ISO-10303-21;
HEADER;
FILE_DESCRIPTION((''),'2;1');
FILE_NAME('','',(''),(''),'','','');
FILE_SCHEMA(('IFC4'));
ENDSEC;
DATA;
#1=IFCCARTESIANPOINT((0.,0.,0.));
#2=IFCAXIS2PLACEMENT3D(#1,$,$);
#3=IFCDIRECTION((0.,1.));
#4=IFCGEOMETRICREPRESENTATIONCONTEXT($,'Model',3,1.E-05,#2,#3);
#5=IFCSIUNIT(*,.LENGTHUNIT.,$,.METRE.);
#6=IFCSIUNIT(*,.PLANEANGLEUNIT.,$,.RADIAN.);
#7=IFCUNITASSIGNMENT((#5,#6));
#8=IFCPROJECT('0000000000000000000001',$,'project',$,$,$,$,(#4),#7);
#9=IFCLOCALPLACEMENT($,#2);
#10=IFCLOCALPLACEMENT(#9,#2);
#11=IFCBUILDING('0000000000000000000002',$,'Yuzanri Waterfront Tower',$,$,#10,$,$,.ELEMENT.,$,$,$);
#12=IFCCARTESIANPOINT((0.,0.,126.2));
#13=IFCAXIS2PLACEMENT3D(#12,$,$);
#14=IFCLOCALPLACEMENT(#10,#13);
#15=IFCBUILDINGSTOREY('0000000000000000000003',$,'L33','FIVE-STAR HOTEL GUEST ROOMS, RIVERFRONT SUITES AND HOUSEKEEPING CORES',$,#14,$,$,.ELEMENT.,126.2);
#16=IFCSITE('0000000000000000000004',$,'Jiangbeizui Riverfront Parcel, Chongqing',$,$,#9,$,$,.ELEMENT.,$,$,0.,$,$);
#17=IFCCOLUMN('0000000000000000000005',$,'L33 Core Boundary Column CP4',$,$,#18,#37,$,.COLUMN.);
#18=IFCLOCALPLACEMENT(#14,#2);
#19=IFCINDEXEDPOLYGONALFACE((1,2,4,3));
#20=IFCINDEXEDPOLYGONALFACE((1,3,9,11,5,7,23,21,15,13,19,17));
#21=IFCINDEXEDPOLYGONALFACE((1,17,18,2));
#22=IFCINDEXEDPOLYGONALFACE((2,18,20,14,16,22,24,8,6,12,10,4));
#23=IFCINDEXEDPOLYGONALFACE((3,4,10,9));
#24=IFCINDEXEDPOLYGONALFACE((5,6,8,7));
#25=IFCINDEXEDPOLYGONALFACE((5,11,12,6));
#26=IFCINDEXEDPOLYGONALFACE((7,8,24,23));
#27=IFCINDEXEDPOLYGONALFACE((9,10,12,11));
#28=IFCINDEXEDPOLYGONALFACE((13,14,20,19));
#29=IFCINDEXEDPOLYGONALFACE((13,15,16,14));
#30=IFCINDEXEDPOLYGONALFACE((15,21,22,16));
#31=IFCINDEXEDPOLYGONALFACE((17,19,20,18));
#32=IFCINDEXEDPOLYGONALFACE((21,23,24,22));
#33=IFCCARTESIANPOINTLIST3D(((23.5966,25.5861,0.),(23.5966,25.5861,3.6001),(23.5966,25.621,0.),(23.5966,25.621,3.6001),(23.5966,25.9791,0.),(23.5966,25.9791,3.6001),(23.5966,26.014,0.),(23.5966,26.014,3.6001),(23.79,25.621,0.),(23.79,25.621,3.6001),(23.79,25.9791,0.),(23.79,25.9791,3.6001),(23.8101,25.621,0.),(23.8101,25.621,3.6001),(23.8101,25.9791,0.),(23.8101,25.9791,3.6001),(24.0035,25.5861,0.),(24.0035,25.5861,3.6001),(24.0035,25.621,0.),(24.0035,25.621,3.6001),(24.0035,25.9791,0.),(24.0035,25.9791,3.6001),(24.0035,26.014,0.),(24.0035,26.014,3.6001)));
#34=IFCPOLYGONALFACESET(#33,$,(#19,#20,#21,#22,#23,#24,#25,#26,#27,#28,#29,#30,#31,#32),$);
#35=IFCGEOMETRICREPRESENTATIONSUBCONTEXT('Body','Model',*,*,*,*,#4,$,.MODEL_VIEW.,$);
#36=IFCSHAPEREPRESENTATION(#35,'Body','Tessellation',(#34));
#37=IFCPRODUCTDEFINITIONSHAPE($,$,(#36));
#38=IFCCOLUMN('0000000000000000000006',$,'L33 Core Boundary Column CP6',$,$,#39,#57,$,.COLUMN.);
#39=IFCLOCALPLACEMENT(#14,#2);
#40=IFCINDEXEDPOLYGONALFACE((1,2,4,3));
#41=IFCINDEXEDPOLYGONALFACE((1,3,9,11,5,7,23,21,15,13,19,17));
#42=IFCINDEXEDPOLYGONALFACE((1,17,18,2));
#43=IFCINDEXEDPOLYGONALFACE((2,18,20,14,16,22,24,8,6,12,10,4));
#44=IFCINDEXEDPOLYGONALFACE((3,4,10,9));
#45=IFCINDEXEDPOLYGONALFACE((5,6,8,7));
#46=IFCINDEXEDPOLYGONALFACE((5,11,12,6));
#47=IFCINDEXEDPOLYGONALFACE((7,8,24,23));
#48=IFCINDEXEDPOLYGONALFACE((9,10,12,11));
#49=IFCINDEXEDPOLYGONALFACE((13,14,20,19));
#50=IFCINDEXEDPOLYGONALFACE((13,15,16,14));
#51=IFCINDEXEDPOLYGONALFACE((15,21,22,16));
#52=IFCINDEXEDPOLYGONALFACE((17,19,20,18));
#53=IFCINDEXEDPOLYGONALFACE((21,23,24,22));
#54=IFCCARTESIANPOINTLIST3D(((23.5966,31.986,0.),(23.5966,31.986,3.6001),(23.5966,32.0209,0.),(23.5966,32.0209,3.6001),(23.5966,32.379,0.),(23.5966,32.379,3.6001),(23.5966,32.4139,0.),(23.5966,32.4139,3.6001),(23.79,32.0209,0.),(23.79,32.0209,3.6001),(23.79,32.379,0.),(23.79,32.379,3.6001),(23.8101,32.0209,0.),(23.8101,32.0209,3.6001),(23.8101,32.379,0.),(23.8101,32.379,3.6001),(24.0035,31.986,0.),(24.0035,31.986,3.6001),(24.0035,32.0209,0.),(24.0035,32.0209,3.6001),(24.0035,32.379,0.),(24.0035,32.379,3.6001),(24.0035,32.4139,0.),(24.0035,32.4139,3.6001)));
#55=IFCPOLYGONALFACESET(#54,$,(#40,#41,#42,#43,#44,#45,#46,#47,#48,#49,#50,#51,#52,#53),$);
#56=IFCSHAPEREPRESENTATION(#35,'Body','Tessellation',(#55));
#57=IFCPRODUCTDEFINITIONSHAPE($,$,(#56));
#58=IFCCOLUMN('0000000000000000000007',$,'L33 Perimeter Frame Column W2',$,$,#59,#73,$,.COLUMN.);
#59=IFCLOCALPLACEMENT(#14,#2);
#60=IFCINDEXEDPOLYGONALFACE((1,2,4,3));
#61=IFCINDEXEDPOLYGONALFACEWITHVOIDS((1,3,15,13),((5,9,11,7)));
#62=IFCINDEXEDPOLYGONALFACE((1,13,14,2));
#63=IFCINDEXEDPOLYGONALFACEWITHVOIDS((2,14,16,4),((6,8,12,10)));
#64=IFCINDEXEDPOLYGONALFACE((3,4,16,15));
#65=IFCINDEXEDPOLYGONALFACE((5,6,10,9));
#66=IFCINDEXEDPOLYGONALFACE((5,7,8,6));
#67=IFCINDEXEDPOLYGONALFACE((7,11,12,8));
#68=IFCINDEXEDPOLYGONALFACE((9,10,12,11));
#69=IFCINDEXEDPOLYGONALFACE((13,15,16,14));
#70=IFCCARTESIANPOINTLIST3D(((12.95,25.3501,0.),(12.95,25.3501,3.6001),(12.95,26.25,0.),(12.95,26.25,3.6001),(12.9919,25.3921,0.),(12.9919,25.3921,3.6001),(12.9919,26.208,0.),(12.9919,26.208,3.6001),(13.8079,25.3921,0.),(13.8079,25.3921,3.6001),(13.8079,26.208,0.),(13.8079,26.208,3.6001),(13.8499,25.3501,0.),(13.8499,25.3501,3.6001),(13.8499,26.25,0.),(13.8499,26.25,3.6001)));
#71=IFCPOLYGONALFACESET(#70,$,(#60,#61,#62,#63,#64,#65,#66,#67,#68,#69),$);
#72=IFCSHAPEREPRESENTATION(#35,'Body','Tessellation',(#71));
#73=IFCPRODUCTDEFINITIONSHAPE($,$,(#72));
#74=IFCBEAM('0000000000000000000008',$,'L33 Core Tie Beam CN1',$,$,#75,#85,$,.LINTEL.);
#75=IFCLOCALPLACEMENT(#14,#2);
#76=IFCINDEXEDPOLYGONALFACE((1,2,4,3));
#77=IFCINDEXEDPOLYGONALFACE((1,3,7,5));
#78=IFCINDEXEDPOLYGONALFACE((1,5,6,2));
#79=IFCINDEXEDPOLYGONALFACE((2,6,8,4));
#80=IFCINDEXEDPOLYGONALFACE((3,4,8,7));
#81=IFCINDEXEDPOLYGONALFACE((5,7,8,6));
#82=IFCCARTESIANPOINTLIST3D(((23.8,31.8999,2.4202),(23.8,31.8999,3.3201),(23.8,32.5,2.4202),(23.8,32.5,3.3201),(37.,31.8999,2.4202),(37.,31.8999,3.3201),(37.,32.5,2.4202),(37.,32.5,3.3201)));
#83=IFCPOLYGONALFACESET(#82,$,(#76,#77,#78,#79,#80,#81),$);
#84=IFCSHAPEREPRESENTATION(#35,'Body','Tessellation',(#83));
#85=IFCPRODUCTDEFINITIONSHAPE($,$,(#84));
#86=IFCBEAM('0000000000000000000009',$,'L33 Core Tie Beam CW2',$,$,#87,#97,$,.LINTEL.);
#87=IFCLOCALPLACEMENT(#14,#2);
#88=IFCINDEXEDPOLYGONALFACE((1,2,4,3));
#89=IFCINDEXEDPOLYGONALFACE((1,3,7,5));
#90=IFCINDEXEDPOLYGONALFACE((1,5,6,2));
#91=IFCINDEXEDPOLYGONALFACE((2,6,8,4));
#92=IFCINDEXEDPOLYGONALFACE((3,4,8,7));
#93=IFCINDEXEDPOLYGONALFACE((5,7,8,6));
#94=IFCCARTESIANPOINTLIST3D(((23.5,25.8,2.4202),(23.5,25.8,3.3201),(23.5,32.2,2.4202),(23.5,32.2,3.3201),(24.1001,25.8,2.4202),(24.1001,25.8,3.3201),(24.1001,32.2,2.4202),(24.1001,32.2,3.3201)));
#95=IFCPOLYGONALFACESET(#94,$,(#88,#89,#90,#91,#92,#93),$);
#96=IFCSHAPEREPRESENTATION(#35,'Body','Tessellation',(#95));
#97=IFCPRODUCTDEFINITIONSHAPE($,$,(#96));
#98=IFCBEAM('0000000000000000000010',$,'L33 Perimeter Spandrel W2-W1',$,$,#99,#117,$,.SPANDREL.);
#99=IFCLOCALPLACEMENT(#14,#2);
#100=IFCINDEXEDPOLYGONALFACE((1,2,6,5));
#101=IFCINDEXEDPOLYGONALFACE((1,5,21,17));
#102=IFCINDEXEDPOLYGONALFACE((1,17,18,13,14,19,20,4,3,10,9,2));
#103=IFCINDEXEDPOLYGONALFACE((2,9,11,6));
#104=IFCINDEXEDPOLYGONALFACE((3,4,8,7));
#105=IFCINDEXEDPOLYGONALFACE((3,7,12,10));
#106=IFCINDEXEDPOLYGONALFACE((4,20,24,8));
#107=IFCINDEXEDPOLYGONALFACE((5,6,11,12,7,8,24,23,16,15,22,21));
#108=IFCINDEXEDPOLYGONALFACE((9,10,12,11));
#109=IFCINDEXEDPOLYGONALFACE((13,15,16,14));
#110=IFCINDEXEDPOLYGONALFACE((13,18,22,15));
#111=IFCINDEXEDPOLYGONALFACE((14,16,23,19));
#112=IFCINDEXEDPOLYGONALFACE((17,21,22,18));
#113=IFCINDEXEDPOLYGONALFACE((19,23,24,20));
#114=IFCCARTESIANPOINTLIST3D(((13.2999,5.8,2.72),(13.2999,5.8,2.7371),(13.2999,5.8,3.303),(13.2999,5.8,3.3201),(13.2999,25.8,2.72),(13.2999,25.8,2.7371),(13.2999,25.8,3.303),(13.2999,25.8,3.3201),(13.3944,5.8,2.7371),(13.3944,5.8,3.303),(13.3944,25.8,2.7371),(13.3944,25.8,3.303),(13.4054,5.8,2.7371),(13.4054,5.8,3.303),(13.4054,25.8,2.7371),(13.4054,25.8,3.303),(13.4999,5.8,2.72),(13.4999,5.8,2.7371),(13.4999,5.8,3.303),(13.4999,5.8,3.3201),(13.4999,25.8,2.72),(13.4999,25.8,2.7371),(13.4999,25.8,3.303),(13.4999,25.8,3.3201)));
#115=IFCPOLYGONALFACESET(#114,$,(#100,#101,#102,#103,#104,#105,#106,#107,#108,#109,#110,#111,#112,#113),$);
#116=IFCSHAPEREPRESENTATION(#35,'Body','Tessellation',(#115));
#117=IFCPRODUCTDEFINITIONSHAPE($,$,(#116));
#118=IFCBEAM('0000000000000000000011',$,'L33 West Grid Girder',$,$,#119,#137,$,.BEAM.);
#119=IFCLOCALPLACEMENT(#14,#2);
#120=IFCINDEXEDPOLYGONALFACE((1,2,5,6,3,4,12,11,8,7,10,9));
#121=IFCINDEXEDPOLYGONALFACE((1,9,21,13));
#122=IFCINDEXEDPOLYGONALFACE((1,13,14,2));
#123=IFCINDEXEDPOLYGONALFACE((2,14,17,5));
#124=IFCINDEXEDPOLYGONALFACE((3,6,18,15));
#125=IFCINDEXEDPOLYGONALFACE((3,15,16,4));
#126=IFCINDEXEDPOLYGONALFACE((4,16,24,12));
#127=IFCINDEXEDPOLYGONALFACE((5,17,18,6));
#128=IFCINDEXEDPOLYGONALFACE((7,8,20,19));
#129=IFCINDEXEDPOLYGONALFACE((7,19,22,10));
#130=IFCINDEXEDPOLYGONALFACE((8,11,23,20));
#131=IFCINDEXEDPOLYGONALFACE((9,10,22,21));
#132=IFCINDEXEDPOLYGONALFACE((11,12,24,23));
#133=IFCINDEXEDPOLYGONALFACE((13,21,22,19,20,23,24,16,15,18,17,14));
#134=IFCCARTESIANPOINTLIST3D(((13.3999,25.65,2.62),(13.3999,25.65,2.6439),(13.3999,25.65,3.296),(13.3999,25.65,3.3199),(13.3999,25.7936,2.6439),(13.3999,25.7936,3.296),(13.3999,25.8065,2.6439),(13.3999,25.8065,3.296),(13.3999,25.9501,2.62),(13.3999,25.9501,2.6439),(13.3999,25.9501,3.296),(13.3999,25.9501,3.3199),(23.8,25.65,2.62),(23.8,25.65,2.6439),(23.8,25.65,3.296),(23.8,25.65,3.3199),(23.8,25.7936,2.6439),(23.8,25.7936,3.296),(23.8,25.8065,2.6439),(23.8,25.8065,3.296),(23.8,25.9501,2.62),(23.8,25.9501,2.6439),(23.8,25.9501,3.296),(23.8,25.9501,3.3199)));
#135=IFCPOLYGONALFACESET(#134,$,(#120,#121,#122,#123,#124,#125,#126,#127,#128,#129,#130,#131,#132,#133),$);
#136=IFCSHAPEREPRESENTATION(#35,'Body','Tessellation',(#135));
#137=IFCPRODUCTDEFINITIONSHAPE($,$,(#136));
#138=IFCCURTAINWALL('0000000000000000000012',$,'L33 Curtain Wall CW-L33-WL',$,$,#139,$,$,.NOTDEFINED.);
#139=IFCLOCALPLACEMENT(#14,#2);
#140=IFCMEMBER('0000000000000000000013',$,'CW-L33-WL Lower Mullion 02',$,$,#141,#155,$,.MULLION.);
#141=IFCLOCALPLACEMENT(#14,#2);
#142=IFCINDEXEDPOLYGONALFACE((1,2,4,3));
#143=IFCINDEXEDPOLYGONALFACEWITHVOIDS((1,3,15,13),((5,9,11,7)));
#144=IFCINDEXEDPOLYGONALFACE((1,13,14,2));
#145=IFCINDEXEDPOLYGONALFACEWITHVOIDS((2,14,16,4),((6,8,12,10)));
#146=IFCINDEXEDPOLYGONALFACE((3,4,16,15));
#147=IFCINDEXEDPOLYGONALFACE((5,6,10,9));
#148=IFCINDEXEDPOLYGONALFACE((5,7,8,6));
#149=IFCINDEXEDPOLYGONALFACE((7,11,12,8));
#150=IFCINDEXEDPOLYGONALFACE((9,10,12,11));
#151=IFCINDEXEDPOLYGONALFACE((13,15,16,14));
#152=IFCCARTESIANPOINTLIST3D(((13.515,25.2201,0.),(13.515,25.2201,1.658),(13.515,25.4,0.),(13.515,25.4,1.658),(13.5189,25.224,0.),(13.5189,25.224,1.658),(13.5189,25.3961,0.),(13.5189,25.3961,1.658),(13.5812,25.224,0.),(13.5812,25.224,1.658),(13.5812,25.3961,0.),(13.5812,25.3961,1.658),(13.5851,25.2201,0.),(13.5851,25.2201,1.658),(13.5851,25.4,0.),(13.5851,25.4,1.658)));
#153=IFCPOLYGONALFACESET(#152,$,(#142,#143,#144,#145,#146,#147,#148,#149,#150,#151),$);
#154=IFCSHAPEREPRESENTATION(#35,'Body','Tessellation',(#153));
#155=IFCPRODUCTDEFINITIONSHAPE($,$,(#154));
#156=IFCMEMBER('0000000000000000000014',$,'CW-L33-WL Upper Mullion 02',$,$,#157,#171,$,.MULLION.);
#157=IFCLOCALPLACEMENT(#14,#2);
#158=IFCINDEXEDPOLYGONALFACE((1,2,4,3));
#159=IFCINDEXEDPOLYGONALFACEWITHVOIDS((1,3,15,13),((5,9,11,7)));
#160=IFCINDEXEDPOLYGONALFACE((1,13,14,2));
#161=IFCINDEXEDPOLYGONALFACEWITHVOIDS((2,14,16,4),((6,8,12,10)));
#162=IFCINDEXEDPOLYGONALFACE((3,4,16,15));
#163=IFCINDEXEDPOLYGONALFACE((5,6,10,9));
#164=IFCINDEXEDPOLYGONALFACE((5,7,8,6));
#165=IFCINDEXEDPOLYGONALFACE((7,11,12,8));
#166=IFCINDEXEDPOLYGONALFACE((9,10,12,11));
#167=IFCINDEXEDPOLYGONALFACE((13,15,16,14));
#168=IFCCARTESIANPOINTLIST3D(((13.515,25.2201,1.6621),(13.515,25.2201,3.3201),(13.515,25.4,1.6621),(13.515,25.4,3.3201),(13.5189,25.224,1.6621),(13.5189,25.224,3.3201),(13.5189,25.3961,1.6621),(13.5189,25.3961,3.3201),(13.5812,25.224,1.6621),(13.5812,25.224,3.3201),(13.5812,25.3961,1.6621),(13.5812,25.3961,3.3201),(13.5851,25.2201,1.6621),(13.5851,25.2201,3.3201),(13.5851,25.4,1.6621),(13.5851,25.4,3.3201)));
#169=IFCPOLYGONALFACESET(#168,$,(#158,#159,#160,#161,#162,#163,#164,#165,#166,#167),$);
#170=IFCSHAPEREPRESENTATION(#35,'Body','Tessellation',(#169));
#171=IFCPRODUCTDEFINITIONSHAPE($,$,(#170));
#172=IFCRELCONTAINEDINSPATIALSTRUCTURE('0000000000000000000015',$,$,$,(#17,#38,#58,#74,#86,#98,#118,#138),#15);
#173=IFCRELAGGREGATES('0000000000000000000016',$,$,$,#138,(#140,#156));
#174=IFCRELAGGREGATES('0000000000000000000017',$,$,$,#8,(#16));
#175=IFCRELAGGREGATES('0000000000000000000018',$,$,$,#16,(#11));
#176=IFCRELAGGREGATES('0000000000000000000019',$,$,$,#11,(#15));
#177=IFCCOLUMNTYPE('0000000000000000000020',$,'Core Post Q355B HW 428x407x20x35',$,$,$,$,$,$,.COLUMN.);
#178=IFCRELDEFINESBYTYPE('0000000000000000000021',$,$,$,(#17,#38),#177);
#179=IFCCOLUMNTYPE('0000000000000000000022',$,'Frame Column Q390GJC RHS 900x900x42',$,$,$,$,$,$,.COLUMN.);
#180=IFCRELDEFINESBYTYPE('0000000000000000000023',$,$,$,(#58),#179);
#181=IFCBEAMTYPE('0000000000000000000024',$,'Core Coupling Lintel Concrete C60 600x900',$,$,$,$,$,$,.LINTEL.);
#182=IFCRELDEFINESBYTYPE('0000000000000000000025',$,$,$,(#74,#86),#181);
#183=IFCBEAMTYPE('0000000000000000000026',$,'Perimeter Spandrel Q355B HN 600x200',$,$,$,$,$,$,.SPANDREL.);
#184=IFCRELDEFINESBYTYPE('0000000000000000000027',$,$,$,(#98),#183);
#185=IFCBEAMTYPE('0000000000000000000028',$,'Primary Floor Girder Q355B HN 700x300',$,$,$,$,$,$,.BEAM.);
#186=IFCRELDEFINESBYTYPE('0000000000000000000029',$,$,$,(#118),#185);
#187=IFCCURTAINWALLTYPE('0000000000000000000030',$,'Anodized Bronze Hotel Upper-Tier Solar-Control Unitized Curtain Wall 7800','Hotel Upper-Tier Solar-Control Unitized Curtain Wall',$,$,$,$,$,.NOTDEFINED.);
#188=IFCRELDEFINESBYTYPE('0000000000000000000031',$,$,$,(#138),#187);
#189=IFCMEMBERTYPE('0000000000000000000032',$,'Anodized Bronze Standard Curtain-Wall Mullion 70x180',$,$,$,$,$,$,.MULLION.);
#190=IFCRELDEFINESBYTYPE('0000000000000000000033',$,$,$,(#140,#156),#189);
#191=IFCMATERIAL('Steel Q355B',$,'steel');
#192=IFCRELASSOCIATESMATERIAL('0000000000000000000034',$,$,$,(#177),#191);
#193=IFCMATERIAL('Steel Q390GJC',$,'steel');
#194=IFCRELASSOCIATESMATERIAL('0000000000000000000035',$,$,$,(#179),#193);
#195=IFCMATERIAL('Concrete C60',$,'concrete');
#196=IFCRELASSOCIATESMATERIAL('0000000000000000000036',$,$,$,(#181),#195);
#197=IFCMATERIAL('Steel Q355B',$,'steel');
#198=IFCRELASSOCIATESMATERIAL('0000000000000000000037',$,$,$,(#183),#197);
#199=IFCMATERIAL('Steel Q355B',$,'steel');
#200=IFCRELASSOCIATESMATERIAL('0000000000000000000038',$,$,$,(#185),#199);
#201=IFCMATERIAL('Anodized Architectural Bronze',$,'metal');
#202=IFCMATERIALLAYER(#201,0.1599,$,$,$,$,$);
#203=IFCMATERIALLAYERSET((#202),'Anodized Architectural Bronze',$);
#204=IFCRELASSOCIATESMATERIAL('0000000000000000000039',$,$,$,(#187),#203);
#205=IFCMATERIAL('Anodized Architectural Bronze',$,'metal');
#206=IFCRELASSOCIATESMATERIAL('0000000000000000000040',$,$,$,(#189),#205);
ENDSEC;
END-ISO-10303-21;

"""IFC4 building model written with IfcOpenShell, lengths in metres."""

from ifc_helpers import new_model, si_unit, direction, frame, origin, origin_2d, place, context, subcontext, project, spatial, rectangle, hollow_rectangle, i_section, extrude, source, transform, mapped, material, layer, layer_set, material_profile, profile_set, type_object, element, aggregate, save


model = new_model("IFC4")

# Units and contexts
model_context = context("Model", 3, precision=1e-05, world=origin(), true_north=direction((0.0, 1.0)))
body_context = subcontext(model_context, "Body", "Model", "MODEL_VIEW")
ifc_project = project(units=[si_unit("LENGTHUNIT", "METRE"), si_unit("PLANEANGLEUNIT", "RADIAN")], contexts=[model_context])

# Site, building, storey
site_placement = place(None, origin())
site = spatial("IfcSite", under=ifc_project, at=site_placement, Name="Jiangbeizui Riverfront Parcel, Chongqing", CompositionType="ELEMENT", RefElevation=0.0)
building_placement = place(site_placement, origin())
building = spatial("IfcBuilding", under=site, at=building_placement, Name="Yuzanri Waterfront Tower", CompositionType="ELEMENT")
storey_placement = place(building_placement, frame((0.0, 0.0, 126.2)))
storey = spatial("IfcBuildingStorey", under=building, at=storey_placement, Name="L33", Description="FIVE-STAR HOTEL GUEST ROOMS, RIVERFRONT SUITES AND HOUSEKEEPING CORES", CompositionType="ELEMENT", Elevation=126.2)

# Columns
ifc_material_1 = material(Name="Steel Q355B", Category="steel")
ifc_material_profile_1 = material_profile(ifc_material_1, i_section(OverallWidth=0.407, OverallDepth=0.428, WebThickness=0.02, FlangeThickness=0.0349, at=origin_2d()), Name="HW 428x407x20x35")
ifc_profile_set_1 = profile_set([ifc_material_profile_1], Name="Steel Q355B")
column_type_1 = type_object("IfcColumnType", Name="Core Post Q355B HW 428x407x20x35", PredefinedType="COLUMN", material=ifc_profile_set_1)
shared_shape_1 = source(origin(), body_context, "Body", "SweptSolid", [
    extrude(i_section(OverallWidth=0.407, OverallDepth=0.428, WebThickness=0.02, FlangeThickness=0.0349, at=origin_2d()), origin(), (0.0, 0.0, 1.0), 3.6001),
])
for number, where, z_axis, x_axis, name in (
    (1, (23.8, 25.8, 0.0), (0.0, 0.0, 1.0), (1.0, 0.0, 0.0), "L33 Core Boundary Column CP4"),
    (2, (23.8, 32.2, 0.0), (0.0, 0.0, 1.0), (1.0, 0.0, 0.0), "L33 Core Boundary Column CP6"),
):
    element("IfcColumn", number, at=place(storey_placement, frame(where, z_axis=z_axis, x_axis=x_axis)), inside=storey, type_object=column_type_1, Name=name, PredefinedType="COLUMN", context=body_context, shape_type="MappedRepresentation", body=[
        mapped(shared_shape_1, transform((0.0, 0.0, 0.0), scale=1.0)),
    ])
ifc_material_2 = material(Name="Steel Q390GJC", Category="steel")
ifc_material_profile_2 = material_profile(ifc_material_2, hollow_rectangle(XDim=0.8999, YDim=0.8999, WallThickness=0.042, at=origin_2d()), Name="RHS 900x900x42")
ifc_profile_set_2 = profile_set([ifc_material_profile_2], Name="Steel Q390GJC")
column_type_2 = type_object("IfcColumnType", Name="Frame Column Q390GJC RHS 900x900x42", PredefinedType="COLUMN", material=ifc_profile_set_2)
shared_shape_2 = source(origin(), body_context, "Body", "SweptSolid", [
    extrude(hollow_rectangle(XDim=0.8999, YDim=0.8999, WallThickness=0.042, at=origin_2d()), origin(), (0.0, 0.0, 1.0), 3.6001),
])
column_placement = place(storey_placement, frame((13.3999, 25.8, 0.0), z_axis=(0.0, 0.0, 1.0), x_axis=(1.0, 0.0, 0.0)))
element("IfcColumn", 3, at=column_placement, inside=storey, type_object=column_type_2, Name="L33 Perimeter Frame Column W2", PredefinedType="COLUMN", context=body_context, shape_type="MappedRepresentation", body=[
    mapped(shared_shape_2, transform((0.0, 0.0, 0.0), scale=1.0)),
])

# Beams
ifc_material_3 = material(Name="Concrete C60", Category="concrete")
ifc_material_profile_3 = material_profile(ifc_material_3, rectangle(XDim=0.6001, YDim=0.8999, at=origin_2d()), Name="RC 600x900")
ifc_profile_set_3 = profile_set([ifc_material_profile_3], Name="Concrete C60")
beam_type_1 = type_object("IfcBeamType", Name="Core Coupling Lintel Concrete C60 600x900", PredefinedType="LINTEL", material=ifc_profile_set_3)
shared_shape_3 = source(origin(), body_context, "Body", "SweptSolid", [
    extrude(rectangle(XDim=0.6001, YDim=0.8999, at=origin_2d()), origin(), (0.0, 0.0, 1.0), 13.2),
])
beam_1_placement = place(storey_placement, frame((23.8, 32.2, 2.8701), z_axis=(1.0, 0.0, 0.0), x_axis=(0.0, 1.0, 0.0)))
element("IfcBeam", 4, at=beam_1_placement, inside=storey, type_object=beam_type_1, Name="L33 Core Tie Beam CN1", PredefinedType="LINTEL", context=body_context, shape_type="MappedRepresentation", body=[
    mapped(shared_shape_3, transform((0.0, 0.0, 0.0), scale=1.0)),
])
shared_shape_4 = source(origin(), body_context, "Body", "SweptSolid", [
    extrude(rectangle(XDim=0.6001, YDim=0.8999, at=origin_2d()), origin(), (0.0, 0.0, 1.0), 6.3999),
])
beam_2_placement = place(storey_placement, frame((23.8, 25.8, 2.8701), z_axis=(0.0, 1.0, 0.0), x_axis=(-1.0, 0.0, 0.0)))
element("IfcBeam", 5, at=beam_2_placement, inside=storey, type_object=beam_type_1, Name="L33 Core Tie Beam CW2", PredefinedType="LINTEL", context=body_context, shape_type="MappedRepresentation", body=[
    mapped(shared_shape_4, transform((0.0, 0.0, 0.0), scale=1.0)),
])
ifc_material_4 = material(Name="Steel Q355B", Category="steel")
ifc_material_profile_4 = material_profile(ifc_material_4, i_section(OverallWidth=0.2, OverallDepth=0.6001, WebThickness=0.011, FlangeThickness=0.0171, at=origin_2d()), Name="HN 600x200x11x17")
ifc_profile_set_4 = profile_set([ifc_material_profile_4], Name="Steel Q355B")
beam_type_2 = type_object("IfcBeamType", Name="Perimeter Spandrel Q355B HN 600x200", PredefinedType="SPANDREL", material=ifc_profile_set_4)
shared_shape_5 = source(origin(), body_context, "Body", "SweptSolid", [
    extrude(i_section(OverallWidth=0.2, OverallDepth=0.6001, WebThickness=0.011, FlangeThickness=0.0171, at=origin_2d()), origin(), (0.0, 0.0, 1.0), 20.0),
])
beam_3_placement = place(storey_placement, frame((13.3999, 25.8, 3.02), z_axis=(0.0, -1.0, 0.0), x_axis=(1.0, 0.0, 0.0)))
element("IfcBeam", 6, at=beam_3_placement, inside=storey, type_object=beam_type_2, Name="L33 Perimeter Spandrel W2-W1", PredefinedType="SPANDREL", context=body_context, shape_type="MappedRepresentation", body=[
    mapped(shared_shape_5, transform((0.0, 0.0, 0.0), scale=1.0)),
])
ifc_material_5 = material(Name="Steel Q355B", Category="steel")
ifc_material_profile_5 = material_profile(ifc_material_5, i_section(OverallWidth=0.3, OverallDepth=0.7, WebThickness=0.0129, FlangeThickness=0.0239, at=origin_2d()), Name="HN 700x300x13x24")
ifc_profile_set_5 = profile_set([ifc_material_profile_5], Name="Steel Q355B")
beam_type_3 = type_object("IfcBeamType", Name="Primary Floor Girder Q355B HN 700x300", PredefinedType="BEAM", material=ifc_profile_set_5)
shared_shape_6 = source(origin(), body_context, "Body", "SweptSolid", [
    extrude(i_section(OverallWidth=0.3, OverallDepth=0.7, WebThickness=0.0129, FlangeThickness=0.0239, at=origin_2d()), origin(), (0.0, 0.0, 1.0), 10.4001),
])
beam_4_placement = place(storey_placement, frame((23.8, 25.8, 2.97), z_axis=(-1.0, 0.0, 0.0), x_axis=(0.0, -1.0, 0.0)))
element("IfcBeam", 7, at=beam_4_placement, inside=storey, type_object=beam_type_3, Name="L33 West Grid Girder", PredefinedType="BEAM", context=body_context, shape_type="MappedRepresentation", body=[
    mapped(shared_shape_6, transform((0.0, 0.0, 0.0), scale=1.0)),
])

# Curtain wall, members
ifc_material_6 = material(Name="Anodized Architectural Bronze", Category="metal")
ifc_layer_1 = layer(ifc_material_6, 0.1599)
ifc_layer_set_1 = layer_set([ifc_layer_1], Name="Anodized Architectural Bronze")
curtain_wall_type = type_object("IfcCurtainWallType", Name="Anodized Bronze Hotel Upper-Tier Solar-Control Unitized Curtain Wall 7800", Description="Hotel Upper-Tier Solar-Control Unitized Curtain Wall", PredefinedType="NOTDEFINED", material=ifc_layer_set_1)
curtain_wall_1_placement = place(storey_placement, origin())
curtain_wall_1 = element("IfcCurtainWall", 8, at=curtain_wall_1_placement, inside=storey, type_object=curtain_wall_type, Name="L33 Curtain Wall CW-L33-WL", PredefinedType="NOTDEFINED")
ifc_material_7 = material(Name="Anodized Architectural Bronze", Category="metal")
ifc_material_profile_6 = material_profile(ifc_material_7, hollow_rectangle(XDim=0.0701, YDim=0.1799, WallThickness=0.0039, at=origin_2d()), Name="CWM 70x180")
ifc_profile_set_6 = profile_set([ifc_material_profile_6], Name="Anodized Architectural Bronze")
member_type_1 = type_object("IfcMemberType", Name="Anodized Bronze Standard Curtain-Wall Mullion 70x180", PredefinedType="MULLION", material=ifc_profile_set_6)
shared_shape_7 = source(origin(), body_context, "Body", "SweptSolid", [
    extrude(hollow_rectangle(XDim=0.0701, YDim=0.1799, WallThickness=0.0039, at=origin_2d()), origin(), (0.0, 0.0, 1.0), 1.658),
])
member_1_placement = place(storey_placement, frame((13.55, 25.3101, 0.0), z_axis=(0.0, 0.0, 1.0), x_axis=(1.0, 0.0, 0.0)))
member_1 = element("IfcMember", 9, at=member_1_placement, type_object=member_type_1, Name="CW-L33-WL Lower Mullion 02", PredefinedType="MULLION", context=body_context, shape_type="MappedRepresentation", body=[
    mapped(shared_shape_7, transform((0.0, 0.0, 0.0), scale=1.0)),
])
member_2_placement = place(storey_placement, frame((13.55, 25.3101, 1.6621), z_axis=(0.0, 0.0, 1.0), x_axis=(1.0, 0.0, 0.0)))
member_2 = element("IfcMember", 10, at=member_2_placement, type_object=member_type_1, Name="CW-L33-WL Upper Mullion 02", PredefinedType="MULLION", context=body_context, shape_type="MappedRepresentation", body=[
    mapped(shared_shape_7, transform((0.0, 0.0, 0.0), scale=1.0)),
])
aggregate(curtain_wall_1, [member_1, member_2])

save(model, "model.ifc")
